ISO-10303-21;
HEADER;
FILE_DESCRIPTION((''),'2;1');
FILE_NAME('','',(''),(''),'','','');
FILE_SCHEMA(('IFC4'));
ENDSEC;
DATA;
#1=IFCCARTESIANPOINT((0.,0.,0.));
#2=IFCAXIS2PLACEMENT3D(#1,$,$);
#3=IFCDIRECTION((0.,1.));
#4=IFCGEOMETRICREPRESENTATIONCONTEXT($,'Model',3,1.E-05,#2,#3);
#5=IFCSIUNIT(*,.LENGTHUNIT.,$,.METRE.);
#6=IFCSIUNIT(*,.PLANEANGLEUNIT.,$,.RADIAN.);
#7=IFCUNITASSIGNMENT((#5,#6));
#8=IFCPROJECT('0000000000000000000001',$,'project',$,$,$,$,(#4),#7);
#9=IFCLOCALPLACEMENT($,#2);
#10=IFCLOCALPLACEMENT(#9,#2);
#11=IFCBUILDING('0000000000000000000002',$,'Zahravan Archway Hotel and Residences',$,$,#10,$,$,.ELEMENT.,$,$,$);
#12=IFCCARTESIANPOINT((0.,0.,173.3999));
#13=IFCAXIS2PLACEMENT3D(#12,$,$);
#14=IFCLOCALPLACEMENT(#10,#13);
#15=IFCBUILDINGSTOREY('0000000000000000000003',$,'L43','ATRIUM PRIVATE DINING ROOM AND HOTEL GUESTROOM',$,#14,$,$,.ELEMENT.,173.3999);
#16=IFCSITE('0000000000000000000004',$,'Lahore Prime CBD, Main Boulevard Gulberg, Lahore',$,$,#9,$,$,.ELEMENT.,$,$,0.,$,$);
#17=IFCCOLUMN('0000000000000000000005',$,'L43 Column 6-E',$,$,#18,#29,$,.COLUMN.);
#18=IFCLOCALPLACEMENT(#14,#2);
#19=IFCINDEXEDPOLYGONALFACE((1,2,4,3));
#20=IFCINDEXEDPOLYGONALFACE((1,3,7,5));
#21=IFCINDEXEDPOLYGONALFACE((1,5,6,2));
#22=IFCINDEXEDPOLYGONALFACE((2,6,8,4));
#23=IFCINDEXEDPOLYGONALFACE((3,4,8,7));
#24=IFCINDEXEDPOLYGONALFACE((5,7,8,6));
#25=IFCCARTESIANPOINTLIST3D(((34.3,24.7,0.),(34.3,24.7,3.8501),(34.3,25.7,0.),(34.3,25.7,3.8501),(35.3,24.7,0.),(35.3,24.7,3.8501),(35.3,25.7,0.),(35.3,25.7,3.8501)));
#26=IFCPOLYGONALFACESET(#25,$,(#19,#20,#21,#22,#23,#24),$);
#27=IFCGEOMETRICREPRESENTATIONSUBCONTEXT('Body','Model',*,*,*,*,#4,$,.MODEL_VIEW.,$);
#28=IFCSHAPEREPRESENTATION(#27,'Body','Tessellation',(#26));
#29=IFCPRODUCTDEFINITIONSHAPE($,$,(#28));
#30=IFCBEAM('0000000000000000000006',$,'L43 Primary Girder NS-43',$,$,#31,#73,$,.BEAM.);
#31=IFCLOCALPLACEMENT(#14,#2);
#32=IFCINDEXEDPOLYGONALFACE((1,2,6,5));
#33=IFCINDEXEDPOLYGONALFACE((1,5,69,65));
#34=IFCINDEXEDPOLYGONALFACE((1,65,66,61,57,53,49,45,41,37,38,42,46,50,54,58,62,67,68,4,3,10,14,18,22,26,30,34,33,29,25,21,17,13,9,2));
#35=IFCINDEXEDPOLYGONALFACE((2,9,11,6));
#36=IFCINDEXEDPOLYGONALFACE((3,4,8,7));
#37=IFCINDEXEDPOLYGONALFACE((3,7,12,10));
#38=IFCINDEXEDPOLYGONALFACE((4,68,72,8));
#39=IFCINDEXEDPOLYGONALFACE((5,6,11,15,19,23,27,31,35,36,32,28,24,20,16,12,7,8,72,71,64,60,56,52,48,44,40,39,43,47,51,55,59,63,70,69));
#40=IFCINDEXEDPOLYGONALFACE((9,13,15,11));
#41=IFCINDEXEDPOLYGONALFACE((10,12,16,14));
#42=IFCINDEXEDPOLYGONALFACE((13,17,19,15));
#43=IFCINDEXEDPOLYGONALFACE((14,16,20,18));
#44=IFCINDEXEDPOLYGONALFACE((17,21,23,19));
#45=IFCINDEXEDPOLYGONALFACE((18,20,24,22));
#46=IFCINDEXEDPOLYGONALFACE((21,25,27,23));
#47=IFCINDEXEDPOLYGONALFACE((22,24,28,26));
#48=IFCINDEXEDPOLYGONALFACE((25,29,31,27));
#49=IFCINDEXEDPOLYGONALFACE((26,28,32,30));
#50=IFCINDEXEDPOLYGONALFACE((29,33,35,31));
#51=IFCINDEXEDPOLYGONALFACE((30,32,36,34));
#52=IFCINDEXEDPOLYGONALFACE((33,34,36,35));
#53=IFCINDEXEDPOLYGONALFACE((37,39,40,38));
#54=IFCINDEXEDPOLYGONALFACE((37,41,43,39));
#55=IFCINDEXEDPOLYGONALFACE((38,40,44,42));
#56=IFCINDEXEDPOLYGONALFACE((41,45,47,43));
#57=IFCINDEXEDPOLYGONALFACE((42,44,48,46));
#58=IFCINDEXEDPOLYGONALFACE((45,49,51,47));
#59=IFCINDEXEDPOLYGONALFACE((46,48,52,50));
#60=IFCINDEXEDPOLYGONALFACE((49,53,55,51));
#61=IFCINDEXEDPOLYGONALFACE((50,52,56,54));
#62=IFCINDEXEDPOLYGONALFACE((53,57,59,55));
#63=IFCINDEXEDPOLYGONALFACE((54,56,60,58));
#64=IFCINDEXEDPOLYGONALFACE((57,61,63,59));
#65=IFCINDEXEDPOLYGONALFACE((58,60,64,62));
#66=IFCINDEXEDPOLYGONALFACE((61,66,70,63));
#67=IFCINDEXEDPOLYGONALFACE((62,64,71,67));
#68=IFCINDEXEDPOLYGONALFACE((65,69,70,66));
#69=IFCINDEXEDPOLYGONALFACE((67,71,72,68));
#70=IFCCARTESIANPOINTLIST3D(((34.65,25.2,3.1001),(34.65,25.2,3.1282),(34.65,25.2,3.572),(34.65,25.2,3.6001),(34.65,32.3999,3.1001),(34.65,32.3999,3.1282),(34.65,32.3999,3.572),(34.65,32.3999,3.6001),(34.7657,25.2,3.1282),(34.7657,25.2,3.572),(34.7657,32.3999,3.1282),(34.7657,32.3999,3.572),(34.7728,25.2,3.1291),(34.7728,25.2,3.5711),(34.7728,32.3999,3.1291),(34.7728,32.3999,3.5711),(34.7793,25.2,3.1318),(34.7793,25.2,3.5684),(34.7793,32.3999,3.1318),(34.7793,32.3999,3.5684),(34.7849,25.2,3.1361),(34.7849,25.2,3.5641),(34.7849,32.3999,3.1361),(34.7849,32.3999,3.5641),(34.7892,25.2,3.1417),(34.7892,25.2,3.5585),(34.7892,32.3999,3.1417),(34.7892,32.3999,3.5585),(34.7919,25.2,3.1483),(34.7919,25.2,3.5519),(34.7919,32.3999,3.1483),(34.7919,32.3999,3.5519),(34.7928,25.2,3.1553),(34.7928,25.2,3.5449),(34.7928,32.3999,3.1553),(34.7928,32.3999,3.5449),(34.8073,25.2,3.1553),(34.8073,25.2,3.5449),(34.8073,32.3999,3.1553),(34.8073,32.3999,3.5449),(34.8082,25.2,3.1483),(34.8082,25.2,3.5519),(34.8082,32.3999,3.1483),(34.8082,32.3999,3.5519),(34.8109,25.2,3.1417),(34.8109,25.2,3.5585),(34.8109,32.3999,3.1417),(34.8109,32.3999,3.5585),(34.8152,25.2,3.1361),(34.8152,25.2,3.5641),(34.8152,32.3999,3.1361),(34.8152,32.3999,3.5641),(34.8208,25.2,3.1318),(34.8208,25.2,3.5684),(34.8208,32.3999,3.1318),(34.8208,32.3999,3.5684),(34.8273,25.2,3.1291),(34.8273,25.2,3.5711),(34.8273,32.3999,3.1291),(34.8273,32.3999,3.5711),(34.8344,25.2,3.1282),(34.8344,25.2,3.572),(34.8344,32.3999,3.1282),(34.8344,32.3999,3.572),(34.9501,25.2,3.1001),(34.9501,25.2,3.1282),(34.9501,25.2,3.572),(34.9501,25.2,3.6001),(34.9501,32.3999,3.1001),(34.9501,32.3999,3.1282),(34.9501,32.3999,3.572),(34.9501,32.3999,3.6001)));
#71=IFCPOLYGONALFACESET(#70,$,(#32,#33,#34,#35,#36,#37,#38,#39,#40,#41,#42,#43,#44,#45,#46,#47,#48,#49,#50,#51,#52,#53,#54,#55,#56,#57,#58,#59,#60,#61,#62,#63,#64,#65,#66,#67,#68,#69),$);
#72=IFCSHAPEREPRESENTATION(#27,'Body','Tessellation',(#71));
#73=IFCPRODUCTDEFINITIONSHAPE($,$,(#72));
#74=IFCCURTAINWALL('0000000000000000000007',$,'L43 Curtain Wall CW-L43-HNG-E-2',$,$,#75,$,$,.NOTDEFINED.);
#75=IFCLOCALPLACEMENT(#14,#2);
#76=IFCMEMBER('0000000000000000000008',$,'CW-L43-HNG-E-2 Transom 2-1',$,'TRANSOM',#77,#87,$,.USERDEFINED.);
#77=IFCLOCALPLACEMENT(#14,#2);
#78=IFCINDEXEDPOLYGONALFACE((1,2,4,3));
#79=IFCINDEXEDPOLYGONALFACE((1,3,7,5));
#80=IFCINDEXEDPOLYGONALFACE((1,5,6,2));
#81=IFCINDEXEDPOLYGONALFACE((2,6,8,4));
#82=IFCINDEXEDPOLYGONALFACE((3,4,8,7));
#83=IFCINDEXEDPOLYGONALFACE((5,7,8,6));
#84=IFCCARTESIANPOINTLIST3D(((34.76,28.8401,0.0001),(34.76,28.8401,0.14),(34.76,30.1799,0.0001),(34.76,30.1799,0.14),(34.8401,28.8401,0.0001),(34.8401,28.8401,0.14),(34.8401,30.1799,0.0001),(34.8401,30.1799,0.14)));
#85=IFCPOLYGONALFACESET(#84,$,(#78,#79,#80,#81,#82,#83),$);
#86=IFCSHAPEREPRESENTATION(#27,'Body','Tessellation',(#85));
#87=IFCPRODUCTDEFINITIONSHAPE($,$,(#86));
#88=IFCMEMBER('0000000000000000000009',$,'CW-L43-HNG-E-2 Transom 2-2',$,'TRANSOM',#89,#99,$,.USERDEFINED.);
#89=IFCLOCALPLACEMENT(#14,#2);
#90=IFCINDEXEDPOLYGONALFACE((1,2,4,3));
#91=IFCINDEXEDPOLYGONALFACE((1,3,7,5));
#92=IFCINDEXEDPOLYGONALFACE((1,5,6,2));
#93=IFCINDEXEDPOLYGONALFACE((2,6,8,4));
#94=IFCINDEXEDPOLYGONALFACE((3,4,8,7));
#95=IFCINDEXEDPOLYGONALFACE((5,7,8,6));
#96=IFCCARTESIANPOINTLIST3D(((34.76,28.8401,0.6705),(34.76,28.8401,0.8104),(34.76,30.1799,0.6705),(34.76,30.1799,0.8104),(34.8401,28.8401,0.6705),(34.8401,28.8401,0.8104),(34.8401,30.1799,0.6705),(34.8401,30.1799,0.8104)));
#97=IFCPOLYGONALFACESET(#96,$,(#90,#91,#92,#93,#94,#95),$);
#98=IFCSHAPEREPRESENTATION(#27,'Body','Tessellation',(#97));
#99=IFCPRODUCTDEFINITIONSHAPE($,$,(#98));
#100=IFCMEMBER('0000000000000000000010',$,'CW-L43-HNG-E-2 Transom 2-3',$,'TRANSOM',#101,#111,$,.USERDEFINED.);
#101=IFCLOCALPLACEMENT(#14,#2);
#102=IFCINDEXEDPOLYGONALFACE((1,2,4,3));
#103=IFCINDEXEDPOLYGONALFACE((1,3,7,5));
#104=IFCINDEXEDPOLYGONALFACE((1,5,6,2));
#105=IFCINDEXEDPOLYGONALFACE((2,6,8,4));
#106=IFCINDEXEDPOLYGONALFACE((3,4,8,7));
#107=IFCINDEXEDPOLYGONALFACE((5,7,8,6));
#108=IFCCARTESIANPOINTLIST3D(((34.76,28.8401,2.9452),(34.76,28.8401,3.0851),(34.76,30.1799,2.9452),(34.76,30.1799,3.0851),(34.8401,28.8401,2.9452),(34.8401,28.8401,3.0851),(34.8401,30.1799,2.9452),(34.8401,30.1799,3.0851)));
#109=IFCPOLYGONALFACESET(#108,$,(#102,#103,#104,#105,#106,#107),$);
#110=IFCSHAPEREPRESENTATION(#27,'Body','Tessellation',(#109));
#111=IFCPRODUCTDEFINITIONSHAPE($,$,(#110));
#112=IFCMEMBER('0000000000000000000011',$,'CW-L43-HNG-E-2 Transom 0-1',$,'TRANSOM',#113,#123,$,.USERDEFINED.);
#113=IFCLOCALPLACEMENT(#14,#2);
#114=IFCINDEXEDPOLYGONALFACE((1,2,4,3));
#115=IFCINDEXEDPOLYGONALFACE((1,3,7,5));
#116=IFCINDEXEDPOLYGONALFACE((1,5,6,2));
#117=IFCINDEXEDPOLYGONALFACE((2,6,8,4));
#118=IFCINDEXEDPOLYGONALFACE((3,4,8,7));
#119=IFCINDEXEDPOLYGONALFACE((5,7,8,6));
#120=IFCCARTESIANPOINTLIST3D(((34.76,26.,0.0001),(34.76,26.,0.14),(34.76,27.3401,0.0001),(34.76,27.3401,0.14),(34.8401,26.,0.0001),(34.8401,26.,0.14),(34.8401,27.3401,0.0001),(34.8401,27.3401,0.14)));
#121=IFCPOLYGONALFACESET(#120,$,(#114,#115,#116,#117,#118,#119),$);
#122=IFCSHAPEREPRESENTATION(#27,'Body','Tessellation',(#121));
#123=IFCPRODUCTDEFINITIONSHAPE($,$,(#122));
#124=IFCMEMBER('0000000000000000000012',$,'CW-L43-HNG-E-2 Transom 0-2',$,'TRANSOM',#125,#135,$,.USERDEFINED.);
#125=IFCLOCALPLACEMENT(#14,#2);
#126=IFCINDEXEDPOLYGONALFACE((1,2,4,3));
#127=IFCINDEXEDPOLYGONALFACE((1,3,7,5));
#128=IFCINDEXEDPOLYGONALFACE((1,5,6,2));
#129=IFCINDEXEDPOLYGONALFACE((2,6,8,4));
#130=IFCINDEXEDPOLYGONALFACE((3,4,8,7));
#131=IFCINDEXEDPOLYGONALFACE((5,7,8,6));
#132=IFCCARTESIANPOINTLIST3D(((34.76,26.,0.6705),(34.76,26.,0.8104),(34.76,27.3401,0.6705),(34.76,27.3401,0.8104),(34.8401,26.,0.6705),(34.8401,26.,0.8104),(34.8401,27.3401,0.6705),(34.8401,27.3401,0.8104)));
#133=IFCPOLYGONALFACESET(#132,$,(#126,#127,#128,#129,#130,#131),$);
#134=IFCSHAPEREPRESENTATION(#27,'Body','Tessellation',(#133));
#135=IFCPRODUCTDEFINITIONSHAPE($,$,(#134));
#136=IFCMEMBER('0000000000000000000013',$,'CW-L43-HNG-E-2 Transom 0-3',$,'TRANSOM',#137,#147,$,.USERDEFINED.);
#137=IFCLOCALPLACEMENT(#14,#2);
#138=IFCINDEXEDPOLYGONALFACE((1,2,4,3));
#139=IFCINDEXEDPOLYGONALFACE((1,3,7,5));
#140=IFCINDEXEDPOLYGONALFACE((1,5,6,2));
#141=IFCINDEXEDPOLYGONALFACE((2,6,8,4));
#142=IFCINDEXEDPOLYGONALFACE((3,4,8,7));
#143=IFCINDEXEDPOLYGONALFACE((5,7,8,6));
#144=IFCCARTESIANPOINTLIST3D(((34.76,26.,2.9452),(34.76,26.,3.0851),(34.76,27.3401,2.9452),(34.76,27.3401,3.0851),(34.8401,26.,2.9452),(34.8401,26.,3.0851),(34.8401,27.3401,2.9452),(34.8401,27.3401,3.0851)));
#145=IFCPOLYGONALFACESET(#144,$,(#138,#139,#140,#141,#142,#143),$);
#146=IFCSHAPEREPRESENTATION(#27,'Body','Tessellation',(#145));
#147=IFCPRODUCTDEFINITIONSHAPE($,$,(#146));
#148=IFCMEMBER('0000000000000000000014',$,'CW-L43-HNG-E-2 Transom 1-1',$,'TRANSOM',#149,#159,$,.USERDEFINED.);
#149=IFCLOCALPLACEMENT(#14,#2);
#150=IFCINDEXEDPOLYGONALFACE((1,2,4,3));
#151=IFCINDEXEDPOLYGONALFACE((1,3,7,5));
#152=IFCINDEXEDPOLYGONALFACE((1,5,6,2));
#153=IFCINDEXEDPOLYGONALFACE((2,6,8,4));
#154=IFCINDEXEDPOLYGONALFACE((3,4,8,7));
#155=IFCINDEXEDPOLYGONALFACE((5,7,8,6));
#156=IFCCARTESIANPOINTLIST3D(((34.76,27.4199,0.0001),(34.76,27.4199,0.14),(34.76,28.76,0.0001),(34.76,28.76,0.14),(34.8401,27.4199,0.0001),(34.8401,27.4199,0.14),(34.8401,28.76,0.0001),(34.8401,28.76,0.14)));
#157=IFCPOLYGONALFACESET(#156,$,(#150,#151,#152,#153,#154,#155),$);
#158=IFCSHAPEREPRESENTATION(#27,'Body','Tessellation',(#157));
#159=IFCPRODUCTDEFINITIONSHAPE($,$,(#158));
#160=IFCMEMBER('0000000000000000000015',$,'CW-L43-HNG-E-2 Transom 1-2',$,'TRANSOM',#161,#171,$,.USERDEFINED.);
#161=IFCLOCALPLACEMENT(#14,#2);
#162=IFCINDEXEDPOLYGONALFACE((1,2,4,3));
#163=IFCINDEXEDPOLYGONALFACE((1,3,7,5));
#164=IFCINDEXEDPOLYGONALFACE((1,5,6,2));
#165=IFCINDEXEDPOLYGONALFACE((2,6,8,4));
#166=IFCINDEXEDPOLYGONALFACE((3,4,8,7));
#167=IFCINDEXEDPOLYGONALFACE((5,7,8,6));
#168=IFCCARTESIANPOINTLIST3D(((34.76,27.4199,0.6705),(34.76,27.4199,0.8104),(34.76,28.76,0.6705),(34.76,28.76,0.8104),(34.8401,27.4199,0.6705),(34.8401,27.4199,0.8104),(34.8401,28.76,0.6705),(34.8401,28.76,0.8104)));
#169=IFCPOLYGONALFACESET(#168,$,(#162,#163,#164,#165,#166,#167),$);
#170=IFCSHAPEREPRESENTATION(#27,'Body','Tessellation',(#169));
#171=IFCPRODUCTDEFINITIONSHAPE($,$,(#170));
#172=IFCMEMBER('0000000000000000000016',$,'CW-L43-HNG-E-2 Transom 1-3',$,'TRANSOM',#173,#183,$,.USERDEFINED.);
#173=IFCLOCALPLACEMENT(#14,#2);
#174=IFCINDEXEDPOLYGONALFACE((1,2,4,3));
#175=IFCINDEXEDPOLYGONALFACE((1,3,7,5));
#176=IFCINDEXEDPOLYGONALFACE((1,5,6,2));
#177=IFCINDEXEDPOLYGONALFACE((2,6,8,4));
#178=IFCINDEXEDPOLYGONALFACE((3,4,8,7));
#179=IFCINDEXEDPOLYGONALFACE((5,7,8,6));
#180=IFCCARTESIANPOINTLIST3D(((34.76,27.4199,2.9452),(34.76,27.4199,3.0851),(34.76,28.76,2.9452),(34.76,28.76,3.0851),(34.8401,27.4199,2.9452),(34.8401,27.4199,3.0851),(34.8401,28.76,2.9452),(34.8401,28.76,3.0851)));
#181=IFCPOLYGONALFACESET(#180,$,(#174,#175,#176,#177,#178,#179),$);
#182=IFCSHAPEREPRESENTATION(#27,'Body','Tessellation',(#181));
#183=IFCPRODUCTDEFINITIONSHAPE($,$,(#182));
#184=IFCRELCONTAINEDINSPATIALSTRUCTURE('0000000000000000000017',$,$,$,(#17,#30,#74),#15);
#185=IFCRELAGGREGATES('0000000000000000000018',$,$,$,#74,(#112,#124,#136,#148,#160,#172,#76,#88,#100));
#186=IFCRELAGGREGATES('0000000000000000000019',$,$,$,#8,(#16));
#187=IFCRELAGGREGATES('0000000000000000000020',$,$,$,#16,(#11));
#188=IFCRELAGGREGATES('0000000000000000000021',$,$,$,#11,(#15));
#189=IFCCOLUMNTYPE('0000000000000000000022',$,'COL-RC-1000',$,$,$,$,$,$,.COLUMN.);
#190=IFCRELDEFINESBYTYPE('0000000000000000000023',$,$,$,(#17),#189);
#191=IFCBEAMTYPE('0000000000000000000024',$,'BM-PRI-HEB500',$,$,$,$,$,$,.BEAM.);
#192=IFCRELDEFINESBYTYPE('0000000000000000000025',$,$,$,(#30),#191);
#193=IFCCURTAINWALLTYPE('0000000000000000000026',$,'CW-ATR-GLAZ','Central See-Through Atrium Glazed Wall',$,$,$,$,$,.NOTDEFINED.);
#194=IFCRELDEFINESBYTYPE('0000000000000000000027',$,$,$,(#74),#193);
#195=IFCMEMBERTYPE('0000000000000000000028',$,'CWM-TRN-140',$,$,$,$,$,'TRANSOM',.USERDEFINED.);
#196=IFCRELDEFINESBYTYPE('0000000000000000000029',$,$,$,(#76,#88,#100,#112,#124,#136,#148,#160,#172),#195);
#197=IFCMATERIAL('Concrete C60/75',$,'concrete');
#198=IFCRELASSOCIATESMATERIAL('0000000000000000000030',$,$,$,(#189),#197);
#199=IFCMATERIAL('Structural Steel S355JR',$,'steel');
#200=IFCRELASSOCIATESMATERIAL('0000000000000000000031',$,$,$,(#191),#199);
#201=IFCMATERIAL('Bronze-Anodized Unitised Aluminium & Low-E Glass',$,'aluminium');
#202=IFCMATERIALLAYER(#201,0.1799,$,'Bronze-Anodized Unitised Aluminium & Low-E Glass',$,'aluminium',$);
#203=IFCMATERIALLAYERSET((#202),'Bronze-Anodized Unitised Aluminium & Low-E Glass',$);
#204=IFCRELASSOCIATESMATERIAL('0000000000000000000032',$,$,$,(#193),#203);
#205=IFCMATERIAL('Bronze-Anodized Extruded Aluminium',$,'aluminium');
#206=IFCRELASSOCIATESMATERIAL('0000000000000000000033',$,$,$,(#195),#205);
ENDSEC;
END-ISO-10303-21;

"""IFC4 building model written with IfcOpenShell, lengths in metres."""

from ifc_helpers import new_model, si_unit, direction, frame, origin, origin_2d, place, context, subcontext, project, spatial, rectangle, i_section, extrude, source, transform, mapped, material, layer, layer_set, material_profile, profile_set, type_object, element, aggregate, save


model = new_model("IFC4")

# Units and contexts
model_context = context("Model", 3, precision=1e-05, world=origin(), true_north=direction((0.0, 1.0)))
body_context = subcontext(model_context, "Body", "Model", "MODEL_VIEW")
ifc_project = project(units=[si_unit("LENGTHUNIT", "METRE"), si_unit("PLANEANGLEUNIT", "RADIAN")], contexts=[model_context])

# Site, building, storey
site_placement = place(None, origin())
site = spatial("IfcSite", under=ifc_project, at=site_placement, Name="Lahore Prime CBD, Main Boulevard Gulberg, Lahore", CompositionType="ELEMENT", RefElevation=0.0)
building_placement = place(site_placement, origin())
building = spatial("IfcBuilding", under=site, at=building_placement, Name="Zahravan Archway Hotel and Residences", CompositionType="ELEMENT")
storey_placement = place(building_placement, frame((0.0, 0.0, 173.3999)))
storey = spatial("IfcBuildingStorey", under=building, at=storey_placement, Name="L43", Description="ATRIUM PRIVATE DINING ROOM AND HOTEL GUESTROOM", CompositionType="ELEMENT", Elevation=173.3999)

# Column
ifc_material_1 = material(Name="Concrete C60/75", Category="concrete")
ifc_material_profile_1 = material_profile(ifc_material_1, rectangle(XDim=1.0, YDim=1.0, at=origin_2d()), Name="RC-COL-1000x1000", Category="concrete")
ifc_profile_set_1 = profile_set([ifc_material_profile_1], Name="Concrete C60/75")
column_type = type_object("IfcColumnType", Name="COL-RC-1000", PredefinedType="COLUMN", material=ifc_profile_set_1)
shared_shape_1 = source(origin(), body_context, "Body", "SweptSolid", [
    extrude(rectangle(XDim=1.0, YDim=1.0, at=origin_2d()), origin(), (0.0, 0.0, 1.0), 3.8501),
])
column_placement = place(storey_placement, frame((34.8, 25.2, 0.0), z_axis=(0.0, 0.0, 1.0), x_axis=(1.0, 0.0, 0.0)))
element("IfcColumn", 1, at=column_placement, inside=storey, type_object=column_type, Name="L43 Column 6-E", PredefinedType="COLUMN", context=body_context, shape_type="MappedRepresentation", body=[
    mapped(shared_shape_1, transform((0.0, 0.0, 0.0), scale=1.0)),
])

# Beam
ifc_material_2 = material(Name="Structural Steel S355JR", Category="steel")
ifc_material_profile_2 = material_profile(ifc_material_2, i_section(OverallWidth=0.3, OverallDepth=0.5, WebThickness=0.0144, FlangeThickness=0.0281, FilletRadius=0.0271, at=origin_2d()), Name="HEB 500", Category="steel")
ifc_profile_set_2 = profile_set([ifc_material_profile_2], Name="Structural Steel S355JR")
beam_type = type_object("IfcBeamType", Name="BM-PRI-HEB500", PredefinedType="BEAM", material=ifc_profile_set_2)
shared_shape_2 = source(origin(), body_context, "Body", "SweptSolid", [
    extrude(i_section(OverallWidth=0.3, OverallDepth=0.5, WebThickness=0.0144, FlangeThickness=0.0281, FilletRadius=0.0271, at=origin_2d()), origin(), (0.0, 0.0, 1.0), 7.2),
])
beam_placement = place(storey_placement, frame((34.8, 25.2, 3.3501), z_axis=(0.0, 1.0, 0.0), x_axis=(-1.0, 0.0, 0.0)))
element("IfcBeam", 2, at=beam_placement, inside=storey, type_object=beam_type, Name="L43 Primary Girder NS-43", PredefinedType="BEAM", context=body_context, shape_type="MappedRepresentation", body=[
    mapped(shared_shape_2, transform((0.0, 0.0, 0.0), scale=1.0)),
])

# Curtain wall, members
ifc_material_3 = material(Name="Bronze-Anodized Unitised Aluminium & Low-E Glass", Category="aluminium")
ifc_layer_1 = layer(ifc_material_3, 0.1799, Name="Bronze-Anodized Unitised Aluminium & Low-E Glass", Category="aluminium")
ifc_layer_set_1 = layer_set([ifc_layer_1], Name="Bronze-Anodized Unitised Aluminium & Low-E Glass")
curtain_wall_type = type_object("IfcCurtainWallType", Name="CW-ATR-GLAZ", Description="Central See-Through Atrium Glazed Wall", PredefinedType="NOTDEFINED", material=ifc_layer_set_1)
curtain_wall_1_placement = place(storey_placement, origin())
curtain_wall_1 = element("IfcCurtainWall", 3, at=curtain_wall_1_placement, inside=storey, type_object=curtain_wall_type, Name="L43 Curtain Wall CW-L43-HNG-E-2", PredefinedType="NOTDEFINED")
ifc_material_4 = material(Name="Bronze-Anodized Extruded Aluminium", Category="aluminium")
ifc_material_profile_3 = material_profile(ifc_material_4, rectangle(XDim=0.0801, YDim=0.1399, at=origin_2d()), Name="TRN 80x140", Category="aluminium")
ifc_profile_set_3 = profile_set([ifc_material_profile_3], Name="Bronze-Anodized Extruded Aluminium")
member_type_1 = type_object("IfcMemberType", Name="CWM-TRN-140", ElementType="TRANSOM", PredefinedType="USERDEFINED", material=ifc_profile_set_3)
shared_shape_3 = source(origin(), body_context, "Body", "SweptSolid", [
    extrude(rectangle(XDim=0.0801, YDim=0.1399, at=origin_2d()), origin(), (0.0, 0.0, 1.0), 1.3398),
])
member_1_placement = place(storey_placement, frame((34.8, 28.8401, 0.0701), z_axis=(0.0, 1.0, 0.0), x_axis=(-1.0, 0.0, 0.0)))
member_1 = element("IfcMember", 4, at=member_1_placement, type_object=member_type_1, Name="CW-L43-HNG-E-2 Transom 2-1", ObjectType="TRANSOM", PredefinedType="USERDEFINED", context=body_context, shape_type="MappedRepresentation", body=[
    mapped(shared_shape_3, transform((0.0, 0.0, 0.0), scale=1.0)),
])
member_2_placement = place(storey_placement, frame((34.8, 28.8401, 0.7405), z_axis=(0.0, 1.0, 0.0), x_axis=(-1.0, 0.0, 0.0)))
member_2 = element("IfcMember", 5, at=member_2_placement, type_object=member_type_1, Name="CW-L43-HNG-E-2 Transom 2-2", ObjectType="TRANSOM", PredefinedType="USERDEFINED", context=body_context, shape_type="MappedRepresentation", body=[
    mapped(shared_shape_3, transform((0.0, 0.0, 0.0), scale=1.0)),
])
member_3_placement = place(storey_placement, frame((34.8, 28.8401, 3.0151), z_axis=(0.0, 1.0, 0.0), x_axis=(-1.0, 0.0, 0.0)))
member_3 = element("IfcMember", 6, at=member_3_placement, type_object=member_type_1, Name="CW-L43-HNG-E-2 Transom 2-3", ObjectType="TRANSOM", PredefinedType="USERDEFINED", context=body_context, shape_type="MappedRepresentation", body=[
    mapped(shared_shape_3, transform((0.0, 0.0, 0.0), scale=1.0)),
])
shared_shape_4 = source(origin(), body_context, "Body", "SweptSolid", [
    extrude(rectangle(XDim=0.0801, YDim=0.1399, at=origin_2d()), origin(), (0.0, 0.0, 1.0), 1.3401),
])
member_4_placement = place(storey_placement, frame((34.8, 26.0, 0.0701), z_axis=(0.0, 1.0, 0.0), x_axis=(-1.0, 0.0, 0.0)))
member_4 = element("IfcMember", 7, at=member_4_placement, type_object=member_type_1, Name="CW-L43-HNG-E-2 Transom 0-1", ObjectType="TRANSOM", PredefinedType="USERDEFINED", context=body_context, shape_type="MappedRepresentation", body=[
    mapped(shared_shape_4, transform((0.0, 0.0, 0.0), scale=1.0)),
])
member_5_placement = place(storey_placement, frame((34.8, 26.0, 0.7405), z_axis=(0.0, 1.0, 0.0), x_axis=(-1.0, 0.0, 0.0)))
member_5 = element("IfcMember", 8, at=member_5_placement, type_object=member_type_1, Name="CW-L43-HNG-E-2 Transom 0-2", ObjectType="TRANSOM", PredefinedType="USERDEFINED", context=body_context, shape_type="MappedRepresentation", body=[
    mapped(shared_shape_4, transform((0.0, 0.0, 0.0), scale=1.0)),
])
member_6_placement = place(storey_placement, frame((34.8, 26.0, 3.0151), z_axis=(0.0, 1.0, 0.0), x_axis=(-1.0, 0.0, 0.0)))
member_6 = element("IfcMember", 9, at=member_6_placement, type_object=member_type_1, Name="CW-L43-HNG-E-2 Transom 0-3", ObjectType="TRANSOM", PredefinedType="USERDEFINED", context=body_context, shape_type="MappedRepresentation", body=[
    mapped(shared_shape_4, transform((0.0, 0.0, 0.0), scale=1.0)),
])
member_7_placement = place(storey_placement, frame((34.8, 27.4199, 0.0701), z_axis=(0.0, 1.0, 0.0), x_axis=(-1.0, 0.0, 0.0)))
member_7 = element("IfcMember", 10, at=member_7_placement, type_object=member_type_1, Name="CW-L43-HNG-E-2 Transom 1-1", ObjectType="TRANSOM", PredefinedType="USERDEFINED", context=body_context, shape_type="MappedRepresentation", body=[
    mapped(shared_shape_4, transform((0.0, 0.0, 0.0), scale=1.0)),
])
member_8_placement = place(storey_placement, frame((34.8, 27.4199, 0.7405), z_axis=(0.0, 1.0, 0.0), x_axis=(-1.0, 0.0, 0.0)))
member_8 = element("IfcMember", 11, at=member_8_placement, type_object=member_type_1, Name="CW-L43-HNG-E-2 Transom 1-2", ObjectType="TRANSOM", PredefinedType="USERDEFINED", context=body_context, shape_type="MappedRepresentation", body=[
    mapped(shared_shape_4, transform((0.0, 0.0, 0.0), scale=1.0)),
])
member_9_placement = place(storey_placement, frame((34.8, 27.4199, 3.0151), z_axis=(0.0, 1.0, 0.0), x_axis=(-1.0, 0.0, 0.0)))
member_9 = element("IfcMember", 12, at=member_9_placement, type_object=member_type_1, Name="CW-L43-HNG-E-2 Transom 1-3", ObjectType="TRANSOM", PredefinedType="USERDEFINED", context=body_context, shape_type="MappedRepresentation", body=[
    mapped(shared_shape_4, transform((0.0, 0.0, 0.0), scale=1.0)),
])

aggregate(curtain_wall_1, [member_4, member_5, member_6, member_7, member_8, member_9, member_1, member_2, member_3])

save(model, "model.ifc")
